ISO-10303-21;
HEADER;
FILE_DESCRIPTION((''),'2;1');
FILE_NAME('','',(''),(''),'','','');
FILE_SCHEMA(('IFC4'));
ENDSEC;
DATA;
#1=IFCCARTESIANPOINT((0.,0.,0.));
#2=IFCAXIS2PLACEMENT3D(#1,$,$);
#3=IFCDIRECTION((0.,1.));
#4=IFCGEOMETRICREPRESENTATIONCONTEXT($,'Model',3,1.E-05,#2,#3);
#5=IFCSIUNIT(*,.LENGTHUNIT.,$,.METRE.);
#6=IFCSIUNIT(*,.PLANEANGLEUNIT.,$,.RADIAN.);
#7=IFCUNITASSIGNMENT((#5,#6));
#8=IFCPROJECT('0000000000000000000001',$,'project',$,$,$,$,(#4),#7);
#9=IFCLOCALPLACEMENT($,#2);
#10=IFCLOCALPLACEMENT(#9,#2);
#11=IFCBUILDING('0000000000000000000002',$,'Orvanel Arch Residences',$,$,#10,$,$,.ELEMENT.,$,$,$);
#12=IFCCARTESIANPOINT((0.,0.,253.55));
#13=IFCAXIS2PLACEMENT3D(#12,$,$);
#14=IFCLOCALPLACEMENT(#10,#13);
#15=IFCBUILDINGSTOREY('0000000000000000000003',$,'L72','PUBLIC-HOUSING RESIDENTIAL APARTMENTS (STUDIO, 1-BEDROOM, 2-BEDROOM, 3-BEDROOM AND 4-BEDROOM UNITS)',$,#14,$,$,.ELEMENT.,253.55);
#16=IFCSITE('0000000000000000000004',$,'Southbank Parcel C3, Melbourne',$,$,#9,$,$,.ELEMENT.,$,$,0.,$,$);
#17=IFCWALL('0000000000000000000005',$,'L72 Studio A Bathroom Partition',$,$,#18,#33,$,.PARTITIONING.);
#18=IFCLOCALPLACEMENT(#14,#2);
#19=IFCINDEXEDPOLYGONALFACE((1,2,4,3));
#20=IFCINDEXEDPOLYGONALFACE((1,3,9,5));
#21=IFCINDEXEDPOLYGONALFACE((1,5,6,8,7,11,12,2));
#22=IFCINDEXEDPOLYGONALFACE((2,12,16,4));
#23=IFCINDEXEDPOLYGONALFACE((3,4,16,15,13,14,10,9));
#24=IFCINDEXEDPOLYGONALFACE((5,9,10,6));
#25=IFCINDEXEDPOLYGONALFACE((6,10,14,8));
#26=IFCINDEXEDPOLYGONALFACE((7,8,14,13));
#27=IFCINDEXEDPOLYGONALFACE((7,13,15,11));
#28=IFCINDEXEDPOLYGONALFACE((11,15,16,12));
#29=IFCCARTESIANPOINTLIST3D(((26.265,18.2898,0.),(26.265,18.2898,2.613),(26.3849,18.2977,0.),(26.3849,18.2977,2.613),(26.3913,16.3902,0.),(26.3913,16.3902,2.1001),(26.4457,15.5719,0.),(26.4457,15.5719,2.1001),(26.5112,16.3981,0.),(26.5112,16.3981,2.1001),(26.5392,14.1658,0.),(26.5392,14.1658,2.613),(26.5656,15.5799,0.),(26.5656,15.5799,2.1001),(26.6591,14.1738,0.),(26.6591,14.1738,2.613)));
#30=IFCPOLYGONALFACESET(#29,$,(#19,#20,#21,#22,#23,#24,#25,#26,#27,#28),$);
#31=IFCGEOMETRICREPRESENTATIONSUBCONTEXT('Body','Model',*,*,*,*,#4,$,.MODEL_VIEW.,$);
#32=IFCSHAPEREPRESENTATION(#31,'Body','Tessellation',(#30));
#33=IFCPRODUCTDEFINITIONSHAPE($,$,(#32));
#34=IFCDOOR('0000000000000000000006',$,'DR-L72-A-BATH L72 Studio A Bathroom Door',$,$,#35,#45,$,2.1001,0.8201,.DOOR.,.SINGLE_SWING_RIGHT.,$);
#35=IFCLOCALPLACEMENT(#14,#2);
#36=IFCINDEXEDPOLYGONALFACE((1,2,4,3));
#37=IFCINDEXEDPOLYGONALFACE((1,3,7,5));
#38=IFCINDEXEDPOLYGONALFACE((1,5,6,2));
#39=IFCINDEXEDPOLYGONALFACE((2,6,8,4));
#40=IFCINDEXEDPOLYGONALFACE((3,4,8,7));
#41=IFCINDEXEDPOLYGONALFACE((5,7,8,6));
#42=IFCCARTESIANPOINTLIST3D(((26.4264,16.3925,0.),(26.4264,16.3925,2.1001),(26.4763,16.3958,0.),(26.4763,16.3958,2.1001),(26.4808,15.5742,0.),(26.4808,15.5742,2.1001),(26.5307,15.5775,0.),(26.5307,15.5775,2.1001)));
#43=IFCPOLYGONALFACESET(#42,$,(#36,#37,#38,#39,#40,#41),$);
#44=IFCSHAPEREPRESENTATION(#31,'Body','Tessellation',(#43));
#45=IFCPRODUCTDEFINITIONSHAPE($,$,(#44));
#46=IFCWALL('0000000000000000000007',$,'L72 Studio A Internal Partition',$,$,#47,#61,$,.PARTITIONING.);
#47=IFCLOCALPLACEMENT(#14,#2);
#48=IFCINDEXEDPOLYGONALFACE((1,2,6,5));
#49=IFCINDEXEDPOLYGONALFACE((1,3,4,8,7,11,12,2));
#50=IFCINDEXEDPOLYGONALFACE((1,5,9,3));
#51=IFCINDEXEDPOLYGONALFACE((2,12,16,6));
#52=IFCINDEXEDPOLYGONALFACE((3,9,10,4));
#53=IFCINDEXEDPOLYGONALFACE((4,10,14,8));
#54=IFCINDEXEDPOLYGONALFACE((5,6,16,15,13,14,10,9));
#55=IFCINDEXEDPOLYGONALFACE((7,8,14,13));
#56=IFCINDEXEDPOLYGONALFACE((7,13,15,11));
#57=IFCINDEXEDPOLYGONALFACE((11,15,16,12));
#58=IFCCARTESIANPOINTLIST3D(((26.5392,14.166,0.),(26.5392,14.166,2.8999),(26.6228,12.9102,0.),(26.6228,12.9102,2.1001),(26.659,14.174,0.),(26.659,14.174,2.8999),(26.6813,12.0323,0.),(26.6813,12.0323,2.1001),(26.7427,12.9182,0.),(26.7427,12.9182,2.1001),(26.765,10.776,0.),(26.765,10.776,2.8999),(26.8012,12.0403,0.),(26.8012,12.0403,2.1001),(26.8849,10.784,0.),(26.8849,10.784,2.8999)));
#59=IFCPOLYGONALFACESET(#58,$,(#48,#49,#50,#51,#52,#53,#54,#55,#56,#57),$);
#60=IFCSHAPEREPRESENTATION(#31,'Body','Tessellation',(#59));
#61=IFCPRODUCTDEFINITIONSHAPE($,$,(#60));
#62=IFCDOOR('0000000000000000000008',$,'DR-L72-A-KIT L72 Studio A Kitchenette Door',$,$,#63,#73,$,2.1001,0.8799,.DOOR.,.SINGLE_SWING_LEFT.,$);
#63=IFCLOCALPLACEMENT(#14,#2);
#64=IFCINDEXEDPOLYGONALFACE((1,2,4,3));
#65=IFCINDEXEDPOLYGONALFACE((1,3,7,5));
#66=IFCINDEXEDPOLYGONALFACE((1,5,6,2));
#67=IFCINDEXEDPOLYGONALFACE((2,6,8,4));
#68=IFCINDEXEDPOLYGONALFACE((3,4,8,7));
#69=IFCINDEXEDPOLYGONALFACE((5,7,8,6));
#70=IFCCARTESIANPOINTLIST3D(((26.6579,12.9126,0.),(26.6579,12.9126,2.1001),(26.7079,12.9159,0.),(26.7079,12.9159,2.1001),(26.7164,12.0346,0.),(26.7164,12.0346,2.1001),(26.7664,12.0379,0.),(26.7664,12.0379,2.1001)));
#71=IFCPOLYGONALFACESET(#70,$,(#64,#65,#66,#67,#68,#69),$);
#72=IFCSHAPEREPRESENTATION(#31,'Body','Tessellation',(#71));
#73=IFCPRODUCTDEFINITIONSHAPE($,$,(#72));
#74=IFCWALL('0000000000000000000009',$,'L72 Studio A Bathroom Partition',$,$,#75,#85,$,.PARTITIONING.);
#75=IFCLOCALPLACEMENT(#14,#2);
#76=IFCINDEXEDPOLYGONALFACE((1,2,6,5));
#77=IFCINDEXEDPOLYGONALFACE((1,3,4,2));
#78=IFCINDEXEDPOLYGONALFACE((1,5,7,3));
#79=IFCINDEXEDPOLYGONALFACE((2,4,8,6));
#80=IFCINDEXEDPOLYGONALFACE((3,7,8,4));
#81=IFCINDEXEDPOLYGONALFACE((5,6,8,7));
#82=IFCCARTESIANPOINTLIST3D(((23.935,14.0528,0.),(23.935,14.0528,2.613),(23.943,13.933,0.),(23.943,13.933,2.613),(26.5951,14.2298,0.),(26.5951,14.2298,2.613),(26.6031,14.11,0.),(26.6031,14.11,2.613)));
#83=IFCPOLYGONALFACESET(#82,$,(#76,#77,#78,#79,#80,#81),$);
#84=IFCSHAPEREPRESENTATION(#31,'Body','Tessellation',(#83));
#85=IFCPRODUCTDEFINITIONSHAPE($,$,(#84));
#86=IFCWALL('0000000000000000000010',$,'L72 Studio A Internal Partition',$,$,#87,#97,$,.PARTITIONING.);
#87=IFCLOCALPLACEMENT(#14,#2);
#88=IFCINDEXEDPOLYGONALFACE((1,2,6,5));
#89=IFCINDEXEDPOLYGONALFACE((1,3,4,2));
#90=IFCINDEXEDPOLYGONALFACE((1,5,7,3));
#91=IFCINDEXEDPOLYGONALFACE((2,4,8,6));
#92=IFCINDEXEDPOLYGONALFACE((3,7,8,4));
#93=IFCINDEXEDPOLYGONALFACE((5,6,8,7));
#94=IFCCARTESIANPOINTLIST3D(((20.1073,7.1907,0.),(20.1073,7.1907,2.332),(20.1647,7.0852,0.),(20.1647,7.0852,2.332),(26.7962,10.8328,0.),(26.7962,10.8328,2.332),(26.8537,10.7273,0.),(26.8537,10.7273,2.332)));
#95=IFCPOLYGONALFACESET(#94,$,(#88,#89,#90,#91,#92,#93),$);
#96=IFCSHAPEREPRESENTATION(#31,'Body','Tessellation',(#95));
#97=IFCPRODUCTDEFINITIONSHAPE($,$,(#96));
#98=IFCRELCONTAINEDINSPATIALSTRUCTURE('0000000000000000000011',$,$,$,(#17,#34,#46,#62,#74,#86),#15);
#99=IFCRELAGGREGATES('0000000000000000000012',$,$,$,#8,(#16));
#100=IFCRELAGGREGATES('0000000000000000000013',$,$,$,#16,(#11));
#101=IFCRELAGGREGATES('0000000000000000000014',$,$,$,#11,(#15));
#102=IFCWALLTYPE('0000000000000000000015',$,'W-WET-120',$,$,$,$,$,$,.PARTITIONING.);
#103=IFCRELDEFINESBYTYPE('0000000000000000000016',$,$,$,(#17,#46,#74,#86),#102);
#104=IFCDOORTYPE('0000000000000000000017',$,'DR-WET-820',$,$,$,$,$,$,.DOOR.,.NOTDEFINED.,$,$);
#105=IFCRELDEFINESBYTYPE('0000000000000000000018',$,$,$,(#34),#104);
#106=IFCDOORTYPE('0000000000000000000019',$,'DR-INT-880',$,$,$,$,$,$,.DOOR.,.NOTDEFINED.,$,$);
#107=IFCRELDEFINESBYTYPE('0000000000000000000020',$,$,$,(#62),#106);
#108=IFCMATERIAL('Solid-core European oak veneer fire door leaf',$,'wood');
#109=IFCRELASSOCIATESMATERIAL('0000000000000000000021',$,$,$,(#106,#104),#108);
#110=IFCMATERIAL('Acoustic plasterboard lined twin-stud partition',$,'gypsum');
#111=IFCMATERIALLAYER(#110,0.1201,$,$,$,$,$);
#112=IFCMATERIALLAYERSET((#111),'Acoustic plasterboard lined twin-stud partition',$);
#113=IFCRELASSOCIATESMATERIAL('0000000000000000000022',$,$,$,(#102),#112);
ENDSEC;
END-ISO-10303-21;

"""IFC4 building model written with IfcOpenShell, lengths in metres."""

from ifc_helpers import new_model, si_unit, direction, frame, frame_2d, origin, place, context, subcontext, project, spatial, rectangle, extrude, material, layer, layer_set, type_object, element, fill, save


model = new_model("IFC4")

# Units and contexts
model_context = context("Model", 3, precision=1e-05, world=origin(), true_north=direction((0.0, 1.0)))
body_context = subcontext(model_context, "Body", "Model", "MODEL_VIEW")
ifc_project = project(units=[si_unit("LENGTHUNIT", "METRE"), si_unit("PLANEANGLEUNIT", "RADIAN")], contexts=[model_context])

# Site, building, storey
site_placement = place(None, origin())
site = spatial("IfcSite", under=ifc_project, at=site_placement, Name="Southbank Parcel C3, Melbourne", CompositionType="ELEMENT", RefElevation=0.0)
building_placement = place(site_placement, origin())
building = spatial("IfcBuilding", under=site, at=building_placement, Name="Orvanel Arch Residences", CompositionType="ELEMENT")
storey_placement = place(building_placement, frame((0.0, 0.0, 253.55)))
storey = spatial("IfcBuildingStorey", under=building, at=storey_placement, Name="L72", Description="PUBLIC-HOUSING RESIDENTIAL APARTMENTS (STUDIO, 1-BEDROOM, 2-BEDROOM, 3-BEDROOM AND 4-BEDROOM UNITS)", CompositionType="ELEMENT", Elevation=253.55)

# Shared definitions
ifc_material_1 = material(Name="Acoustic plasterboard lined twin-stud partition", Category="gypsum")
ifc_material_2 = material(Name="Solid-core European oak veneer fire door leaf", Category="wood")
door_type_1 = type_object("IfcDoorType", Name="DR-INT-880", OperationType="NOTDEFINED", PredefinedType="DOOR", material=ifc_material_2)

# Walls, openings, doors
ifc_layer_1 = layer(ifc_material_1, 0.1201)
ifc_layer_set_1 = layer_set([ifc_layer_1], Name="Acoustic plasterboard lined twin-stud partition")
wall_type_1 = type_object("IfcWallType", Name="W-WET-120", PredefinedType="PARTITIONING", material=ifc_layer_set_1)
wall_1_placement = place(storey_placement, frame((26.5991, 14.1699, 0.0), z_axis=(0.0, 0.0, 1.0), x_axis=(-0.066335, 0.997797, 0.0)))
wall_1 = element("IfcWall", 1, at=wall_1_placement, inside=storey, type_object=wall_type_1, Name="L72 Studio A Bathroom Partition", PredefinedType="PARTITIONING", context=body_context, shape_type="SweptSolid", body=[
    extrude(rectangle(XDim=4.1331, YDim=0.1201, at=frame_2d((2.0664, 0.0))), origin(), (0.0, 0.0, 1.0), 2.613),
])
opening_1_placement = place(wall_1_placement, frame((1.4089, 0.0, 0.0)))
opening_1 = element("IfcOpeningElement", 2, at=opening_1_placement, cuts=wall_1, PredefinedType="OPENING", context=body_context, shape_type="SweptSolid", body=[
    extrude(rectangle(XDim=0.8201, YDim=2.1001, at=frame_2d((0.4102, 1.05))), frame((0.0, 0.0701, 0.0), z_axis=(0.0, -1.0, 0.0), x_axis=(1.0, 0.0, 0.0)), (0.0, 0.0, 1.0), 0.1401),
])
door_type_2 = type_object("IfcDoorType", Name="DR-WET-820", OperationType="NOTDEFINED", PredefinedType="DOOR", material=ifc_material_2)
door_1_placement = place(opening_1_placement, origin())
door_1 = element("IfcDoor", 3, at=door_1_placement, inside=storey, type_object=door_type_2, Name="DR-L72-A-BATH L72 Studio A Bathroom Door", OperationType="SINGLE_SWING_RIGHT", OverallHeight=2.1001, OverallWidth=0.8201, PredefinedType="DOOR", context=body_context, shape_type="SweptSolid", body=[
    extrude(rectangle(XDim=0.8201, YDim=2.1001, at=frame_2d((0.4102, 1.05))), frame((0.0, 0.0249, 0.0), z_axis=(0.0, -1.0, 0.0), x_axis=(1.0, 0.0, 0.0)), (0.0, 0.0, 1.0), 0.05),
])
fill(opening_1, door_1)
wall_2_placement = place(storey_placement, frame((26.825, 10.78, 0.0), z_axis=(0.0, 0.0, 1.0), x_axis=(-0.066471, 0.997788, 0.0)))
wall_2 = element("IfcWall", 4, at=wall_2_placement, inside=storey, type_object=wall_type_1, Name="L72 Studio A Internal Partition", PredefinedType="PARTITIONING", context=body_context, shape_type="SweptSolid", body=[
    extrude(rectangle(XDim=3.3975, YDim=0.1201, at=frame_2d((1.6987, 0.0))), origin(), (0.0, 0.0, 1.0), 2.8999),
])
opening_2_placement = place(wall_2_placement, frame((1.259, 0.0, 0.0)))
opening_2 = element("IfcOpeningElement", 5, at=opening_2_placement, cuts=wall_2, PredefinedType="OPENING", context=body_context, shape_type="SweptSolid", body=[
    extrude(rectangle(XDim=0.8799, YDim=2.1001, at=frame_2d((0.4399, 1.05))), frame((0.0, 0.0701, 0.0), z_axis=(0.0, -1.0, 0.0), x_axis=(1.0, 0.0, 0.0)), (0.0, 0.0, 1.0), 0.1401),
])
door_2_placement = place(opening_2_placement, origin())
door_2 = element("IfcDoor", 6, at=door_2_placement, inside=storey, type_object=door_type_1, Name="DR-L72-A-KIT L72 Studio A Kitchenette Door", OperationType="SINGLE_SWING_LEFT", OverallHeight=2.1001, OverallWidth=0.8799, PredefinedType="DOOR", context=body_context, shape_type="SweptSolid", body=[
    extrude(rectangle(XDim=0.8799, YDim=2.1001, at=frame_2d((0.4399, 1.05))), frame((0.0, 0.0249, 0.0), z_axis=(0.0, -1.0, 0.0), x_axis=(1.0, 0.0, 0.0)), (0.0, 0.0, 1.0), 0.05),
])
fill(opening_2, door_2)

# Walls
wall_3_placement = place(storey_placement, frame((26.5991, 14.1699, 0.0), z_axis=(0.0, 0.0, 1.0), x_axis=(-0.997794, -0.066391, 0.0)))
element("IfcWall", 7, at=wall_3_placement, inside=storey, type_object=wall_type_1, Name="L72 Studio A Bathroom Partition", PredefinedType="PARTITIONING", context=body_context, shape_type="SweptSolid", body=[
    extrude(rectangle(XDim=2.666, YDim=0.1201, at=frame_2d((1.333, 0.0))), origin(), (0.0, 0.0, 1.0), 2.613),
])
wall_4_placement = place(storey_placement, frame((26.825, 10.78, 0.0), z_axis=(0.0, 0.0, 1.0), x_axis=(-0.878251, -0.478201, 0.0)))
element("IfcWall", 8, at=wall_4_placement, inside=storey, type_object=wall_type_1, Name="L72 Studio A Internal Partition", PredefinedType="PARTITIONING", context=body_context, shape_type="SweptSolid", body=[
    extrude(rectangle(XDim=7.6162, YDim=0.1201, at=frame_2d((3.8081, 0.0))), origin(), (0.0, 0.0, 1.0), 2.332),
])

save(model, "model.ifc")
